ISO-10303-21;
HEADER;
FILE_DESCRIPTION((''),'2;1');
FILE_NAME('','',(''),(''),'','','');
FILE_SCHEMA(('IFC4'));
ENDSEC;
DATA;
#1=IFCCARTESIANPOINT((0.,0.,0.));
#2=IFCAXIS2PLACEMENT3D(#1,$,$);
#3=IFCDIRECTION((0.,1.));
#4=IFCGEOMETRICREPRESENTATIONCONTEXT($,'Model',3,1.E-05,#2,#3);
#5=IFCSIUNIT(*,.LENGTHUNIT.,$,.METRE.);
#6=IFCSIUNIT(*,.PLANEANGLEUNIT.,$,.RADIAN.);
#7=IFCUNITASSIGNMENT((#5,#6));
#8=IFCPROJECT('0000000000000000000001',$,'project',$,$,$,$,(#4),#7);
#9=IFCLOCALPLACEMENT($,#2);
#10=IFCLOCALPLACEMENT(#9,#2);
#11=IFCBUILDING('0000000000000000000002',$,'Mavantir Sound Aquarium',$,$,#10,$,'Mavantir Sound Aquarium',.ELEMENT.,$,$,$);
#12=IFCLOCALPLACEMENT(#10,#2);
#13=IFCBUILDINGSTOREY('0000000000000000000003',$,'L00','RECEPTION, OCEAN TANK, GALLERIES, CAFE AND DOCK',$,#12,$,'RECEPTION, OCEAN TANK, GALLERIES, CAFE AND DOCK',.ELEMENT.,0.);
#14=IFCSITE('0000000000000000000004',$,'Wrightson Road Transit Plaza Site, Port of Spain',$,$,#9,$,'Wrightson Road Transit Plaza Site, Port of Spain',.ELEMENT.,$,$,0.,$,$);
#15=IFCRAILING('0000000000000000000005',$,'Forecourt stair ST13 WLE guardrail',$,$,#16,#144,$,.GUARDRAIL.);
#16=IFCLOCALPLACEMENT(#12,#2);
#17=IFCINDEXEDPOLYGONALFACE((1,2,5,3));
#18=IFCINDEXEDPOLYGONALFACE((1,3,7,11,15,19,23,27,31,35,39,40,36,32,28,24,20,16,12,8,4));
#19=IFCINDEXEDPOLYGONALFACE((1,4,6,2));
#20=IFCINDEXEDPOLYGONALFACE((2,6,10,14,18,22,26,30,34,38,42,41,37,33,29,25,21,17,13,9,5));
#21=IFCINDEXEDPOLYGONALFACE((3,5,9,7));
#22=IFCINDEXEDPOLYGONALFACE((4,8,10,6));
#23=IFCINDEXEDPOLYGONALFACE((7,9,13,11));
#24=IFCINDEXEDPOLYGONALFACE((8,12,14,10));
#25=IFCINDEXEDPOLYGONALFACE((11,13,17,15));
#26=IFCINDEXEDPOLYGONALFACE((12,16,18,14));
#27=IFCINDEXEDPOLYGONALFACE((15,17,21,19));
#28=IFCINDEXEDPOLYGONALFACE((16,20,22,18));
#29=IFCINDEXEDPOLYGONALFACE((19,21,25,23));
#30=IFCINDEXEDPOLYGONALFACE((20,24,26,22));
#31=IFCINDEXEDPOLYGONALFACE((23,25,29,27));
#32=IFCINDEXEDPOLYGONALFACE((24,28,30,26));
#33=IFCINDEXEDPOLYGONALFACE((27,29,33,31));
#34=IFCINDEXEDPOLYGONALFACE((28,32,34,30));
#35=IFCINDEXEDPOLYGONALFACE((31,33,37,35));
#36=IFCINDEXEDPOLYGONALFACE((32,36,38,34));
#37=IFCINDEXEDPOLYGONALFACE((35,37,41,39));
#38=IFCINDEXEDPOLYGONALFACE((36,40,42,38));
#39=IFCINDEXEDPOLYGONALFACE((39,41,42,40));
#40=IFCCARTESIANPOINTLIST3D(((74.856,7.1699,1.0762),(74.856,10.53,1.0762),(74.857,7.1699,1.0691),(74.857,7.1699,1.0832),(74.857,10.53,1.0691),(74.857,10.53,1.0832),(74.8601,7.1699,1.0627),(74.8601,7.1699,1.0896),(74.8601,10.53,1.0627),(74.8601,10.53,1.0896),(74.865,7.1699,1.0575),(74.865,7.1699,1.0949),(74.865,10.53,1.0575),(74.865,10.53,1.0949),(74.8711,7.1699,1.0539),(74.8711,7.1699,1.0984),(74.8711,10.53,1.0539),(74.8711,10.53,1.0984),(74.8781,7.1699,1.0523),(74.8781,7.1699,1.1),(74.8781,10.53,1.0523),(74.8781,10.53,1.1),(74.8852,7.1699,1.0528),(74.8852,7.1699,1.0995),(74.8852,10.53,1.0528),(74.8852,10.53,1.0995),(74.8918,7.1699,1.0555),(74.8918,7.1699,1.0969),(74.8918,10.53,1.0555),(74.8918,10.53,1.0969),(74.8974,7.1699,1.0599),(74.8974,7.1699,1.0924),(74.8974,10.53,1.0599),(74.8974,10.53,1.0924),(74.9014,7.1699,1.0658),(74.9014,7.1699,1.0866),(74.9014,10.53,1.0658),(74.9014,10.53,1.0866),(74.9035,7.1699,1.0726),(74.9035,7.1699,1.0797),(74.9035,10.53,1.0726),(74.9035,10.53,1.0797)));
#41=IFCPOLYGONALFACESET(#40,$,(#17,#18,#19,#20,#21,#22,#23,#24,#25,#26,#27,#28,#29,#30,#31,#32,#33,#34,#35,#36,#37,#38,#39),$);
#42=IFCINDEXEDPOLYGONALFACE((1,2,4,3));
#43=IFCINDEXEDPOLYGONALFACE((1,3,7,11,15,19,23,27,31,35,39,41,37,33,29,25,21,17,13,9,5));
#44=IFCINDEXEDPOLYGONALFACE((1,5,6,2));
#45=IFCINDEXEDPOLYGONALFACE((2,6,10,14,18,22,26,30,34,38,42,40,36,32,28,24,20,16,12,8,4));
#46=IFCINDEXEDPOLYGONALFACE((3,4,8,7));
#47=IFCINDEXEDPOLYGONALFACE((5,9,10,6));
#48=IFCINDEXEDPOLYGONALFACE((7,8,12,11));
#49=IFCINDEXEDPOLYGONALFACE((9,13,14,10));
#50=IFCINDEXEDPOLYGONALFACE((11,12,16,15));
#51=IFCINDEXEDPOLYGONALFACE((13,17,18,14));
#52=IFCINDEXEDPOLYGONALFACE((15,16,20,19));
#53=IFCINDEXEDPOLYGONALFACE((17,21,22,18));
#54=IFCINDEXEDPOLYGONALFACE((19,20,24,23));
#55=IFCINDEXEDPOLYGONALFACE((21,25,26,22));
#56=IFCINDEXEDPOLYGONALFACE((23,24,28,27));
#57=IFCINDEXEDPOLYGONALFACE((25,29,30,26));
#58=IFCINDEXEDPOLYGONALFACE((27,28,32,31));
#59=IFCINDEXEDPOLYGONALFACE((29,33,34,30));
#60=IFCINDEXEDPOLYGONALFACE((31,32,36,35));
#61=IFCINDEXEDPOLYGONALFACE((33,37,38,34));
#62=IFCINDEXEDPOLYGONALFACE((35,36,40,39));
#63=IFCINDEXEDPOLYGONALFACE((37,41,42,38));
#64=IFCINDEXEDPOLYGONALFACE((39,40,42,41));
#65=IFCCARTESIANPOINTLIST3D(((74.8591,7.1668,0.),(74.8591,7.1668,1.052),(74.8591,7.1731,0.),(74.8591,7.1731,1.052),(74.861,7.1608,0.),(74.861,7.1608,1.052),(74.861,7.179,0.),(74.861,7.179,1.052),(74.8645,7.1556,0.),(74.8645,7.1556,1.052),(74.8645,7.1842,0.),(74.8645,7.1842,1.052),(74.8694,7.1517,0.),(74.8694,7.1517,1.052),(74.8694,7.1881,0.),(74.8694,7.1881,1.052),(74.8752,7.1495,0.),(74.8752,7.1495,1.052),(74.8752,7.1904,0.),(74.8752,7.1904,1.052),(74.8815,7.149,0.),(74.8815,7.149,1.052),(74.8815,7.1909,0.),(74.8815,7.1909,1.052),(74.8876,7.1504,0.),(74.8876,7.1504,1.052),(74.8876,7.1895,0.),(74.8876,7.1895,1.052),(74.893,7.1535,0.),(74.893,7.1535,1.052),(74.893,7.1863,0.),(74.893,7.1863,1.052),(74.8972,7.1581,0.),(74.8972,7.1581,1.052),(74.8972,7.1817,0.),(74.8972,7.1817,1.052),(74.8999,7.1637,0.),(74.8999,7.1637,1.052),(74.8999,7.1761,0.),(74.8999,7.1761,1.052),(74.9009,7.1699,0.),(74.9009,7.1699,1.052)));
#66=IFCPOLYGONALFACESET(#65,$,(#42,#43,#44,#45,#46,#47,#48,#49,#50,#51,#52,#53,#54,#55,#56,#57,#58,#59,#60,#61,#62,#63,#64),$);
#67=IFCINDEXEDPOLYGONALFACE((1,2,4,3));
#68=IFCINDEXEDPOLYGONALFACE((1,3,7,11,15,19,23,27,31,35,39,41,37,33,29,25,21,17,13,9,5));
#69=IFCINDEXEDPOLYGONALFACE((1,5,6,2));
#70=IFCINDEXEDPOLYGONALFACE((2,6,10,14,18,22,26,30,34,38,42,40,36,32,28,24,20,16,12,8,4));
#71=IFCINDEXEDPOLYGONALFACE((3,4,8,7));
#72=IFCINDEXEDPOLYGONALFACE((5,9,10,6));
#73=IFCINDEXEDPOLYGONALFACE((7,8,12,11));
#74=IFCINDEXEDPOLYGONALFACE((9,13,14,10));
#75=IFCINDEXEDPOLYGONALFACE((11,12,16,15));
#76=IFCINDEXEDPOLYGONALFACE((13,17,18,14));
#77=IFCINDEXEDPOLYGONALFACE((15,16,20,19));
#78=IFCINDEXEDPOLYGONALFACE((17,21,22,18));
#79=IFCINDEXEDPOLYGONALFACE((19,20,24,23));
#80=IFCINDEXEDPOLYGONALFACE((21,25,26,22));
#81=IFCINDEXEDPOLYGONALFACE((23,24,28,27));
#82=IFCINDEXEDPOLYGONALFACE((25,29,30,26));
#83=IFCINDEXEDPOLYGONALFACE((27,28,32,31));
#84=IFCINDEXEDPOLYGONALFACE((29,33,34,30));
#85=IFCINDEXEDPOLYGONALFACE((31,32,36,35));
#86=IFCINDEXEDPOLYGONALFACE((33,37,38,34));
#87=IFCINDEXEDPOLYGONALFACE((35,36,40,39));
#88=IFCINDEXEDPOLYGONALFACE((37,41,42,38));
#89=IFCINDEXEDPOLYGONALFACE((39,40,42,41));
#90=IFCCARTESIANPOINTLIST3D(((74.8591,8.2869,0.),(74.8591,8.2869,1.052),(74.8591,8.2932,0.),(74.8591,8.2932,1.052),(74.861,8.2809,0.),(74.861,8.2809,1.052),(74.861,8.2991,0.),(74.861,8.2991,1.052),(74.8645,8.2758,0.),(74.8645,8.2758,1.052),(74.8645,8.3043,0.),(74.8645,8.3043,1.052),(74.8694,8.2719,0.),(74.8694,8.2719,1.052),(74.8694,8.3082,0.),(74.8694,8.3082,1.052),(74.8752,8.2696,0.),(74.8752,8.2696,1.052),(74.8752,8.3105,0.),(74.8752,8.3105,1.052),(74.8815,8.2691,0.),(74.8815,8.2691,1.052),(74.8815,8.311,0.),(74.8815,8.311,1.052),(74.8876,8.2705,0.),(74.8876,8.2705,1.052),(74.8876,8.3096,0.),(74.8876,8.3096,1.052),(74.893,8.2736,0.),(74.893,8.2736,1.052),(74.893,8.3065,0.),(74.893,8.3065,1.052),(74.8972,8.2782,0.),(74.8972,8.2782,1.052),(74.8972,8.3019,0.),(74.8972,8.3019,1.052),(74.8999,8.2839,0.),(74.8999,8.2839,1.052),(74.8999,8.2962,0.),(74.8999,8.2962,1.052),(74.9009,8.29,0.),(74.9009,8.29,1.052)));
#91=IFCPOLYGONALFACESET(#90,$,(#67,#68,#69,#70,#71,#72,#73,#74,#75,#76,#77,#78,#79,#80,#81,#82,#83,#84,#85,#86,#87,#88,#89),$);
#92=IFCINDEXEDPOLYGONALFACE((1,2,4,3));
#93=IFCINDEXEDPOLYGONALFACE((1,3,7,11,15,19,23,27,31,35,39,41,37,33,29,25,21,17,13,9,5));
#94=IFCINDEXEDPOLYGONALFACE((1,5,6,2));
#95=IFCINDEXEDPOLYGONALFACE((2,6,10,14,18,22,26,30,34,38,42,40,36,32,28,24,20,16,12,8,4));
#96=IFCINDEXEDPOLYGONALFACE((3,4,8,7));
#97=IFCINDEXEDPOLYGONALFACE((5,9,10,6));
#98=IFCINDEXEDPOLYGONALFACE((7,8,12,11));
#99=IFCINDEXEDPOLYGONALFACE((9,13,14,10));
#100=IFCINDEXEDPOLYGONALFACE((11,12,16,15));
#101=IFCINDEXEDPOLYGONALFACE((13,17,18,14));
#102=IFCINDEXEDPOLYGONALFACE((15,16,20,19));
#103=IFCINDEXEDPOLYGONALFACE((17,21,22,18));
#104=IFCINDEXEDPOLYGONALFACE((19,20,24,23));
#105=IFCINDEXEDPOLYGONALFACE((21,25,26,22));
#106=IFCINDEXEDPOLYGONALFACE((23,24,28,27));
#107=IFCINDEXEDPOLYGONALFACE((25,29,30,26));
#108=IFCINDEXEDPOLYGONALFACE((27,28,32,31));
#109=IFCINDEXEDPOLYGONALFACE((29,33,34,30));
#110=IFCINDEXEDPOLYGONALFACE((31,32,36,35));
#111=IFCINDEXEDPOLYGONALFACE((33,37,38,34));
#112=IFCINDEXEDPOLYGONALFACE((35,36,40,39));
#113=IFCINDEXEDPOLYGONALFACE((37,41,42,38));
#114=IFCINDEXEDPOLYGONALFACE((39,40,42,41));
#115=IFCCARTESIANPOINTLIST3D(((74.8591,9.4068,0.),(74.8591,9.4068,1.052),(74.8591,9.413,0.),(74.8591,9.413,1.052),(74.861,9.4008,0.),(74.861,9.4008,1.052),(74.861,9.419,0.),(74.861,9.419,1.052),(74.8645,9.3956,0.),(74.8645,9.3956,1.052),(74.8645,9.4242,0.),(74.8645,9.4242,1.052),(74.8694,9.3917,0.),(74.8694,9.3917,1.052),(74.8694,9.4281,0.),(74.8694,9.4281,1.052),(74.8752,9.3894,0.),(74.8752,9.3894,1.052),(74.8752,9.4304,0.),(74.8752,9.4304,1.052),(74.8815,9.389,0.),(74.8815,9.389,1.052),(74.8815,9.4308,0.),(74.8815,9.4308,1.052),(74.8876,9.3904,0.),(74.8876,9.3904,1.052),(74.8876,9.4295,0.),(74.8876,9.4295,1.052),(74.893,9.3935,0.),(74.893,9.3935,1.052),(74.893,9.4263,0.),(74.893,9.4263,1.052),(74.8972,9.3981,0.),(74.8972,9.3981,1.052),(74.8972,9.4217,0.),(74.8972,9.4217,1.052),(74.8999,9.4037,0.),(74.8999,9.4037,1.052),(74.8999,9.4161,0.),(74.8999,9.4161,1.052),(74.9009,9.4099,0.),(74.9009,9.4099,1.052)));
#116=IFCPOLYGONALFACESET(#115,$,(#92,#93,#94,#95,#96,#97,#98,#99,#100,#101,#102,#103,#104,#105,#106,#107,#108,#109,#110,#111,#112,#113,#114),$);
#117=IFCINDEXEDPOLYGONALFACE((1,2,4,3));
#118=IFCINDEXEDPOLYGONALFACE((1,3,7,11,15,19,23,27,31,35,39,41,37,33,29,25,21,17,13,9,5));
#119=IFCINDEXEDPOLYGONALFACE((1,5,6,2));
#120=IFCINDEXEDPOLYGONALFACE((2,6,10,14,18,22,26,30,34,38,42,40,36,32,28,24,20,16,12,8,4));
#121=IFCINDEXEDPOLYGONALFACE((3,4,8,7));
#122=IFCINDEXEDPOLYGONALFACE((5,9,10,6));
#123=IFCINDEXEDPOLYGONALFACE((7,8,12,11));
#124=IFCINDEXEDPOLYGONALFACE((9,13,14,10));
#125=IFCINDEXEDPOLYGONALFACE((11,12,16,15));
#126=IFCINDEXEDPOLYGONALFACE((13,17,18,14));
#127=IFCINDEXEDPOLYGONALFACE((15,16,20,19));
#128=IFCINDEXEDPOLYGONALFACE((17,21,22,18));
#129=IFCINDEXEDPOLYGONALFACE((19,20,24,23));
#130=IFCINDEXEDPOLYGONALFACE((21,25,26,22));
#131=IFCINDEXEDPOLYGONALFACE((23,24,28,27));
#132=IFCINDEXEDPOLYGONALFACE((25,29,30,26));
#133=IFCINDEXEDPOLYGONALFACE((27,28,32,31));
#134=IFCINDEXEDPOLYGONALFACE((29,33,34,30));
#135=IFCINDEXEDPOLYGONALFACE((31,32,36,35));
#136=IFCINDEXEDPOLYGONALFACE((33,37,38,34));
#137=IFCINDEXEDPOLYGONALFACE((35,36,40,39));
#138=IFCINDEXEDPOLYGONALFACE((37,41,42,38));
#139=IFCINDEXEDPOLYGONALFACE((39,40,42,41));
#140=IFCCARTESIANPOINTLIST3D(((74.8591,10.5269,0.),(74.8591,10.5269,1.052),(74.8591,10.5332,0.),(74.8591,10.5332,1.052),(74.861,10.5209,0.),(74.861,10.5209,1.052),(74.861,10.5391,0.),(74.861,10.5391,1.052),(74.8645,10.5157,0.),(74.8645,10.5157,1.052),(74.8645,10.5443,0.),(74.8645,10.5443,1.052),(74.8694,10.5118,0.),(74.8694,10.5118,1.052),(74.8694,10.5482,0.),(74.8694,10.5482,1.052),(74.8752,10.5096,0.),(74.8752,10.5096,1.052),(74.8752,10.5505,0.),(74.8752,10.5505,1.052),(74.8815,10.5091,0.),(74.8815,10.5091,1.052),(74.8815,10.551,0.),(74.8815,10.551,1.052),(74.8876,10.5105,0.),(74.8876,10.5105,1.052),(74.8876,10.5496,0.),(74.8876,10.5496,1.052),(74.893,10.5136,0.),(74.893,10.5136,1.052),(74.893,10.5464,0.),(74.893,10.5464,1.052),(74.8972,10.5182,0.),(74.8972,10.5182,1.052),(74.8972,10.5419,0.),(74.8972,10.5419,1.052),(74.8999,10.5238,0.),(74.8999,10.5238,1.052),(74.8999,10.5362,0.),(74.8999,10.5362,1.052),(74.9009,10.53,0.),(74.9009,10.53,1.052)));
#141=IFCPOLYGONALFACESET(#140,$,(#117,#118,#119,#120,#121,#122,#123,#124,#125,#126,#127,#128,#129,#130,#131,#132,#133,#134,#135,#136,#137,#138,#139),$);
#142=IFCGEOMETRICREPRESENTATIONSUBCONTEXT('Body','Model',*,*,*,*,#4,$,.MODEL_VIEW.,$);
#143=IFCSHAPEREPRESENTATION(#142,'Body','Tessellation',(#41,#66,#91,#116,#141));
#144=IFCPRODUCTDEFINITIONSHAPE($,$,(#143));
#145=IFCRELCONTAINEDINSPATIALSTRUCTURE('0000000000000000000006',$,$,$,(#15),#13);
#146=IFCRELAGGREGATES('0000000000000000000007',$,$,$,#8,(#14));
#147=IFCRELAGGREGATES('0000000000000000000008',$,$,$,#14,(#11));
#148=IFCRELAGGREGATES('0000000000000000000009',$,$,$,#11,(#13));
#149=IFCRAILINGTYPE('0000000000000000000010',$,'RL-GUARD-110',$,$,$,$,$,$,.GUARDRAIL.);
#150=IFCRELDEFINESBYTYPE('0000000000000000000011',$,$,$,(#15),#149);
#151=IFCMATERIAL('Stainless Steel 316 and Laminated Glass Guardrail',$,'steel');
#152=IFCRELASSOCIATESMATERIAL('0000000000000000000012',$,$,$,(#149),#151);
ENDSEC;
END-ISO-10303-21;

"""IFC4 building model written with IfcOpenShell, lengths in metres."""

from ifc_helpers import new_model, si_unit, direction, frame, origin, origin_2d, place, context, subcontext, project, spatial, circle, extrude, material, type_object, element, save


model = new_model("IFC4")

# Units and contexts
model_context = context("Model", 3, precision=1e-05, world=origin(), true_north=direction((0.0, 1.0)))
body_context = subcontext(model_context, "Body", "Model", "MODEL_VIEW")
ifc_project = project(units=[si_unit("LENGTHUNIT", "METRE"), si_unit("PLANEANGLEUNIT", "RADIAN")], contexts=[model_context])

# Site, building, storey
site_placement = place(None, origin())
site = spatial("IfcSite", under=ifc_project, at=site_placement, Name="Wrightson Road Transit Plaza Site, Port of Spain", LongName="Wrightson Road Transit Plaza Site, Port of Spain", CompositionType="ELEMENT", RefElevation=0.0)
building_placement = place(site_placement, origin())
building = spatial("IfcBuilding", under=site, at=building_placement, Name="Mavantir Sound Aquarium", LongName="Mavantir Sound Aquarium", CompositionType="ELEMENT")
storey_placement = place(building_placement, origin())
storey = spatial("IfcBuildingStorey", under=building, at=storey_placement, Name="L00", Description="RECEPTION, OCEAN TANK, GALLERIES, CAFE AND DOCK", LongName="RECEPTION, OCEAN TANK, GALLERIES, CAFE AND DOCK", CompositionType="ELEMENT", Elevation=0.0)

# Railing
ifc_material_1 = material(Name="Stainless Steel 316 and Laminated Glass Guardrail", Category="steel")
railing_type_1 = type_object("IfcRailingType", Name="RL-GUARD-110", PredefinedType="GUARDRAIL", material=ifc_material_1)
railing_1_placement = place(storey_placement, frame((74.8799, 7.1699, 0.0)))
element("IfcRailing", 1, at=railing_1_placement, inside=storey, type_object=railing_type_1, Name="Forecourt stair ST13 WLE guardrail", PredefinedType="GUARDRAIL", context=body_context, shape_type="SweptSolid", body=[
    extrude(circle(Radius=0.0239, at=origin_2d()), frame((0.0, 0.0, 1.0762), z_axis=(0.0, 1.0, 0.0), x_axis=(-1.0, 0.0, 0.0)), (0.0, 0.0, 1.0), 3.3601),
    extrude(circle(Radius=0.021, at=origin_2d()), origin(), (0.0, 0.0, 1.0), 1.052),
    extrude(circle(Radius=0.021, at=origin_2d()), frame((0.0, 1.1201, 0.0)), (0.0, 0.0, 1.0), 1.052),
    extrude(circle(Radius=0.021, at=origin_2d()), frame((0.0, 2.24, 0.0)), (0.0, 0.0, 1.0), 1.052),
    extrude(circle(Radius=0.021, at=origin_2d()), frame((0.0, 3.3601, 0.0)), (0.0, 0.0, 1.0), 1.052),
])

save(model, "model.ifc")
